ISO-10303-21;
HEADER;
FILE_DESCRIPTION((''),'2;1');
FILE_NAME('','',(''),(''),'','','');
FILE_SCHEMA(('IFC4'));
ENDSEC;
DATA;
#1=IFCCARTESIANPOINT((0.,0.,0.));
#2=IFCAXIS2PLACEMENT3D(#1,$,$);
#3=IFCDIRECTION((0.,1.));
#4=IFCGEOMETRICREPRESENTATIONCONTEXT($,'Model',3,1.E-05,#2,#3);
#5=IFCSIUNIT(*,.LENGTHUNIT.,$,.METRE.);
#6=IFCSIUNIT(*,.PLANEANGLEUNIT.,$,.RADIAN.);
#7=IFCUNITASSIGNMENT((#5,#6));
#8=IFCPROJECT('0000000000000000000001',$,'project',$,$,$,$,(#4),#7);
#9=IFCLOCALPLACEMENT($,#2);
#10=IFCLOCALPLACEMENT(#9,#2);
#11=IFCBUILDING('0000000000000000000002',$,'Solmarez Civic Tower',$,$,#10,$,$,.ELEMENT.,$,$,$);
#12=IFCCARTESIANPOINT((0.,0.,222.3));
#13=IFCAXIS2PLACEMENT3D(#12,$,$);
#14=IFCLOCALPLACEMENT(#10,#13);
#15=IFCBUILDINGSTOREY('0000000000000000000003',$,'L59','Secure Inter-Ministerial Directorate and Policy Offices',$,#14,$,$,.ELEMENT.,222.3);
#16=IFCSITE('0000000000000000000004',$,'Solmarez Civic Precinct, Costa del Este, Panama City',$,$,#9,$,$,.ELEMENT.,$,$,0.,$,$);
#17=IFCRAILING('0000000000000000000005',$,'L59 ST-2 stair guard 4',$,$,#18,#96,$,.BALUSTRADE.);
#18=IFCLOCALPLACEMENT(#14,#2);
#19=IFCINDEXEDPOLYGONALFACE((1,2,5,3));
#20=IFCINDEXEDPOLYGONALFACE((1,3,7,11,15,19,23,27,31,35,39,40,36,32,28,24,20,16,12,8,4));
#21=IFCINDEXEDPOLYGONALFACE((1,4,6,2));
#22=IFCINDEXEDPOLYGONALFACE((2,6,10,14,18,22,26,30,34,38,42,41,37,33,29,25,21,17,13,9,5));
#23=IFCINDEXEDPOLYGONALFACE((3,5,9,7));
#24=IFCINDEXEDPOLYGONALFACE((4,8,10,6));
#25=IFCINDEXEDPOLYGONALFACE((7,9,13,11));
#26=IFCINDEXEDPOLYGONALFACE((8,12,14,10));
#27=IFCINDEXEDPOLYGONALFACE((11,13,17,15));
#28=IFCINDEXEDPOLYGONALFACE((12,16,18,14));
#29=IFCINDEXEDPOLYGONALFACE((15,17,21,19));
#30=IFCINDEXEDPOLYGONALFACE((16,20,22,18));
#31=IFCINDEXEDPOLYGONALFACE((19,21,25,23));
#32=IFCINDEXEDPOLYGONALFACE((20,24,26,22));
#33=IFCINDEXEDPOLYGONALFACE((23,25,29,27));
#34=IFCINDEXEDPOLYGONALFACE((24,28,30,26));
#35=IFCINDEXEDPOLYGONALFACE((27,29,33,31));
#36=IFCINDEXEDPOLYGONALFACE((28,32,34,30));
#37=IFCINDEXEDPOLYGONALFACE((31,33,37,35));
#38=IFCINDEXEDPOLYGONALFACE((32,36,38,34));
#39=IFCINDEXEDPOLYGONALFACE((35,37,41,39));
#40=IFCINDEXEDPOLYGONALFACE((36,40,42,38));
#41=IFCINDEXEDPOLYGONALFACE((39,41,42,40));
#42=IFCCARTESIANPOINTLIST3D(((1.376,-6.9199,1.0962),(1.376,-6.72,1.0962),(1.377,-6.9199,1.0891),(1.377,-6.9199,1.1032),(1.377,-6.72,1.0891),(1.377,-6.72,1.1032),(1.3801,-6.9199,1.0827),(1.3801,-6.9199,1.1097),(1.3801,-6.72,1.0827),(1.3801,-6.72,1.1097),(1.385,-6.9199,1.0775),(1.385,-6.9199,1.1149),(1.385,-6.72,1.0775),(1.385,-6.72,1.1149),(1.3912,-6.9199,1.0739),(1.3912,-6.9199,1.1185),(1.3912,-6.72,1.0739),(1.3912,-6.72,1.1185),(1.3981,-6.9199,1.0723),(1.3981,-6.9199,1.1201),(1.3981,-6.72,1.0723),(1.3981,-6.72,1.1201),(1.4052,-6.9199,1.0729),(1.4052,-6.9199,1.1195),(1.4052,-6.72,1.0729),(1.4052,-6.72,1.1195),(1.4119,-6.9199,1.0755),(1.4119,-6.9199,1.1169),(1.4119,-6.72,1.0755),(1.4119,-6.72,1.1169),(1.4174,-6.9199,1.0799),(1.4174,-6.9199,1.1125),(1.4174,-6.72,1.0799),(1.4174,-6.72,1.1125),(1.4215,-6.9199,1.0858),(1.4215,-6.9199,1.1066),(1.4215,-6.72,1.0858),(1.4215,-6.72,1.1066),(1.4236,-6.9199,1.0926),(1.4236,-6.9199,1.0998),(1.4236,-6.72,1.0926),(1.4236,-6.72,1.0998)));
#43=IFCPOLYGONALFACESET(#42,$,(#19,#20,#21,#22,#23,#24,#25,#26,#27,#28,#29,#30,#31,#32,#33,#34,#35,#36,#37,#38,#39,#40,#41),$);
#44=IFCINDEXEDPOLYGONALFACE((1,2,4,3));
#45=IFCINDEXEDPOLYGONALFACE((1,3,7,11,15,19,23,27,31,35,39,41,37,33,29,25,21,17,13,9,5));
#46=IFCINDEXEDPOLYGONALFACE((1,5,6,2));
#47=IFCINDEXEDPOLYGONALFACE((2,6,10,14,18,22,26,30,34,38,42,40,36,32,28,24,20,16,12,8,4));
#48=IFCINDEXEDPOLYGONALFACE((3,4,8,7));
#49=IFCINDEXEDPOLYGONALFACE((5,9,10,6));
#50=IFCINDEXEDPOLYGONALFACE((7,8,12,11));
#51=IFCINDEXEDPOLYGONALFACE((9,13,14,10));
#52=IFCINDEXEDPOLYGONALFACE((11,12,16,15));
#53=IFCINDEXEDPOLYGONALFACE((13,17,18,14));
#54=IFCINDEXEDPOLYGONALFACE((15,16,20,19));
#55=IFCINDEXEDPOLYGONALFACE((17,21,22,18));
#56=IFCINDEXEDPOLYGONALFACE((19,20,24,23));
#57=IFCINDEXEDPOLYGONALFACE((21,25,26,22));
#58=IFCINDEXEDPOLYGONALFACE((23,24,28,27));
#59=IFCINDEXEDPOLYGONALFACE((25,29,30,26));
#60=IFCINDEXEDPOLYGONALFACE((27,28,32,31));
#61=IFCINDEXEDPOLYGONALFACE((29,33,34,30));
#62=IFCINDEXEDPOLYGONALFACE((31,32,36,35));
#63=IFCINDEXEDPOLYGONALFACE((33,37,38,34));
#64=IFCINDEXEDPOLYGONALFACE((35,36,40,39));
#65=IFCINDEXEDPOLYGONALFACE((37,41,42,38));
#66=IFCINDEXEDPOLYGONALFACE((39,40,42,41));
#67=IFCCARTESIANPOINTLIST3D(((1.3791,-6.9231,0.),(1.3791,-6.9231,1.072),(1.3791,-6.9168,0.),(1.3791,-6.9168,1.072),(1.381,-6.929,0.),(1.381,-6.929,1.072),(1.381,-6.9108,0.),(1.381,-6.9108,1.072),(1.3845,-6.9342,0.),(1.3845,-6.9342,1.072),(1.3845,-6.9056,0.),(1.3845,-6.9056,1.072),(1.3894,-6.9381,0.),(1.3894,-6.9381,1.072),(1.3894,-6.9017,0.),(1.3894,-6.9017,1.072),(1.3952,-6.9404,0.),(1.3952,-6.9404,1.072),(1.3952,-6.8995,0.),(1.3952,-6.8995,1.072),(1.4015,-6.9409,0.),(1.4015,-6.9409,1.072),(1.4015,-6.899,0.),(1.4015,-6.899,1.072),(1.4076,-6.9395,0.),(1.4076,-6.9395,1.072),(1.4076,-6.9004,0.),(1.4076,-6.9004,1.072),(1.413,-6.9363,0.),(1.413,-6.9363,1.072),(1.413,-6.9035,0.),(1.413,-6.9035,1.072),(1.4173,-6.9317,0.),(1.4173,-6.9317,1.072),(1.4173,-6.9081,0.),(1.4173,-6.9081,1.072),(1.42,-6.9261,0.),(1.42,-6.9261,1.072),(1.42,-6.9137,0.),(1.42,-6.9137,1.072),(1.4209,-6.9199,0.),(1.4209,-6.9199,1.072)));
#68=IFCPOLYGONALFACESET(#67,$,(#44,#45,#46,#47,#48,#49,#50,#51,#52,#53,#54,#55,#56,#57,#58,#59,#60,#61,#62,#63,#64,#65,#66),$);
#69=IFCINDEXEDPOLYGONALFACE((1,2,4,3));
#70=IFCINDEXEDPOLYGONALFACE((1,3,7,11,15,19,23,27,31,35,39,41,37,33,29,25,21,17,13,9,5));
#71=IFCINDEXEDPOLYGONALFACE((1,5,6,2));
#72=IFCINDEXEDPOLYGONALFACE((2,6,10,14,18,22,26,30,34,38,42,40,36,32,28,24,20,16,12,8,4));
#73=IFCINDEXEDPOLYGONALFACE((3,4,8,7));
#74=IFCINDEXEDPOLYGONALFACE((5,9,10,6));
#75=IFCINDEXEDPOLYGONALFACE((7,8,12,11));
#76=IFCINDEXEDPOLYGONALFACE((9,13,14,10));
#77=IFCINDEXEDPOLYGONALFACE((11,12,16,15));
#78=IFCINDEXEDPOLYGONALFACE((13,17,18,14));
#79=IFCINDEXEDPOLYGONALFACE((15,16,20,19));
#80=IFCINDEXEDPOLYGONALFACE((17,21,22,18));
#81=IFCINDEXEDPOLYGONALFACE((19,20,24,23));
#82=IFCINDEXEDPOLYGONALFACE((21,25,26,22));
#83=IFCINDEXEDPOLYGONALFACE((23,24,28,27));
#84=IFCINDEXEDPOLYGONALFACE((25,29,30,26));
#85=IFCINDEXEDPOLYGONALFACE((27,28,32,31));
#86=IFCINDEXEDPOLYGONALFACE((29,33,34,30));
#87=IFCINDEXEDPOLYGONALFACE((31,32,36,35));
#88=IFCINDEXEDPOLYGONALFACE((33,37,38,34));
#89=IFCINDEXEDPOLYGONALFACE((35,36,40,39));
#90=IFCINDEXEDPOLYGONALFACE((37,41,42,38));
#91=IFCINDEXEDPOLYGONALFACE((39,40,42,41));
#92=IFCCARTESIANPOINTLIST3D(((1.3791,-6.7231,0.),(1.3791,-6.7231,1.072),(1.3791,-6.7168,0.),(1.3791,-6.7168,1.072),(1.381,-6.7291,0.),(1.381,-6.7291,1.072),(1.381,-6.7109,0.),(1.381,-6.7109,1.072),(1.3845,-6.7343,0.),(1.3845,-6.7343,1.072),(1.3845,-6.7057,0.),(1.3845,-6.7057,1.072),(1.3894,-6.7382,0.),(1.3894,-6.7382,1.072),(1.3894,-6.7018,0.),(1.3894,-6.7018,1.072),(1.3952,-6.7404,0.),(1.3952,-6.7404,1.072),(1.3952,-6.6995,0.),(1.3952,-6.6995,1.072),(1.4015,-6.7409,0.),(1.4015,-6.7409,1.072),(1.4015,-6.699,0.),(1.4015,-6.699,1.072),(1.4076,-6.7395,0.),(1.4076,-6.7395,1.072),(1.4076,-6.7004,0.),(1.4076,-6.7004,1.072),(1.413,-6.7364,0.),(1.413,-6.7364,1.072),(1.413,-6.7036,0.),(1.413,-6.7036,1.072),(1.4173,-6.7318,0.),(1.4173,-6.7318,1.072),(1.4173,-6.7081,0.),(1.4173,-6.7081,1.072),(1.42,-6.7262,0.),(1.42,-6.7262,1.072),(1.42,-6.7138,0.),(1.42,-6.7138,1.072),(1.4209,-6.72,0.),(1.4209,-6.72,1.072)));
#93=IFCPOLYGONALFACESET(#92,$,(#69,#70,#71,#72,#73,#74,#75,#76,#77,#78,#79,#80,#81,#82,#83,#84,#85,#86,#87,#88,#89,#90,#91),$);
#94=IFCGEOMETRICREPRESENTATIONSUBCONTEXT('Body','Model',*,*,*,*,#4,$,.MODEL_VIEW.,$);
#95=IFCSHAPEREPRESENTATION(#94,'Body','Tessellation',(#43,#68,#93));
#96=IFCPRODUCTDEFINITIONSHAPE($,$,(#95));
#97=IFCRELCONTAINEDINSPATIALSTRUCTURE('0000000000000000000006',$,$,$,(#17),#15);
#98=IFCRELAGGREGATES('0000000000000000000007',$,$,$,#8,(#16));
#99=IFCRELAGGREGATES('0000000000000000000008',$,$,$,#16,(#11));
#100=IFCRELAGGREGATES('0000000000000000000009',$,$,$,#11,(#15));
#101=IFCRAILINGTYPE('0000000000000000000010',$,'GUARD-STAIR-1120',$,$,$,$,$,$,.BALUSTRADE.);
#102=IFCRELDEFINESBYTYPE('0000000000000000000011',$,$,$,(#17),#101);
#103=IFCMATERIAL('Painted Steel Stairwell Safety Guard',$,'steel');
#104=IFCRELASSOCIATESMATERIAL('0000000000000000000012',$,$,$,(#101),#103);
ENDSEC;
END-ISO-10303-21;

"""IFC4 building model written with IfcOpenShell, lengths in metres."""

from ifc_helpers import new_model, si_unit, direction, frame, origin, origin_2d, place, context, subcontext, project, spatial, circle, extrude, material, type_object, element, save


model = new_model("IFC4")

# Units and contexts
model_context = context("Model", 3, precision=1e-05, world=origin(), true_north=direction((0.0, 1.0)))
body_context = subcontext(model_context, "Body", "Model", "MODEL_VIEW")
ifc_project = project(units=[si_unit("LENGTHUNIT", "METRE"), si_unit("PLANEANGLEUNIT", "RADIAN")], contexts=[model_context])

# Site, building, storey
site_placement = place(None, origin())
site = spatial("IfcSite", under=ifc_project, at=site_placement, Name="Solmarez Civic Precinct, Costa del Este, Panama City", CompositionType="ELEMENT", RefElevation=0.0)
building_placement = place(site_placement, origin())
building = spatial("IfcBuilding", under=site, at=building_placement, Name="Solmarez Civic Tower", CompositionType="ELEMENT")
storey_placement = place(building_placement, frame((0.0, 0.0, 222.3)))
storey = spatial("IfcBuildingStorey", under=building, at=storey_placement, Name="L59", Description="Secure Inter-Ministerial Directorate and Policy Offices", CompositionType="ELEMENT", Elevation=222.3)

# Railing
ifc_material_1 = material(Name="Painted Steel Stairwell Safety Guard", Category="steel")
railing_type_1 = type_object("IfcRailingType", Name="GUARD-STAIR-1120", PredefinedType="BALUSTRADE", material=ifc_material_1)
railing_1_placement = place(storey_placement, frame((1.3999, -6.9199, 0.0)))
element("IfcRailing", 1, at=railing_1_placement, inside=storey, type_object=railing_type_1, Name="L59 ST-2 stair guard 4", PredefinedType="BALUSTRADE", context=body_context, shape_type="SweptSolid", body=[
    extrude(circle(Radius=0.0239, at=origin_2d()), frame((0.0, 0.0, 1.0962), z_axis=(0.0, 1.0, 0.0), x_axis=(-1.0, 0.0, 0.0)), (0.0, 0.0, 1.0), 0.2),
    extrude(circle(Radius=0.021, at=origin_2d()), origin(), (0.0, 0.0, 1.0), 1.072),
    extrude(circle(Radius=0.021, at=origin_2d()), frame((0.0, 0.2, 0.0)), (0.0, 0.0, 1.0), 1.072),
])

save(model, "model.ifc")
